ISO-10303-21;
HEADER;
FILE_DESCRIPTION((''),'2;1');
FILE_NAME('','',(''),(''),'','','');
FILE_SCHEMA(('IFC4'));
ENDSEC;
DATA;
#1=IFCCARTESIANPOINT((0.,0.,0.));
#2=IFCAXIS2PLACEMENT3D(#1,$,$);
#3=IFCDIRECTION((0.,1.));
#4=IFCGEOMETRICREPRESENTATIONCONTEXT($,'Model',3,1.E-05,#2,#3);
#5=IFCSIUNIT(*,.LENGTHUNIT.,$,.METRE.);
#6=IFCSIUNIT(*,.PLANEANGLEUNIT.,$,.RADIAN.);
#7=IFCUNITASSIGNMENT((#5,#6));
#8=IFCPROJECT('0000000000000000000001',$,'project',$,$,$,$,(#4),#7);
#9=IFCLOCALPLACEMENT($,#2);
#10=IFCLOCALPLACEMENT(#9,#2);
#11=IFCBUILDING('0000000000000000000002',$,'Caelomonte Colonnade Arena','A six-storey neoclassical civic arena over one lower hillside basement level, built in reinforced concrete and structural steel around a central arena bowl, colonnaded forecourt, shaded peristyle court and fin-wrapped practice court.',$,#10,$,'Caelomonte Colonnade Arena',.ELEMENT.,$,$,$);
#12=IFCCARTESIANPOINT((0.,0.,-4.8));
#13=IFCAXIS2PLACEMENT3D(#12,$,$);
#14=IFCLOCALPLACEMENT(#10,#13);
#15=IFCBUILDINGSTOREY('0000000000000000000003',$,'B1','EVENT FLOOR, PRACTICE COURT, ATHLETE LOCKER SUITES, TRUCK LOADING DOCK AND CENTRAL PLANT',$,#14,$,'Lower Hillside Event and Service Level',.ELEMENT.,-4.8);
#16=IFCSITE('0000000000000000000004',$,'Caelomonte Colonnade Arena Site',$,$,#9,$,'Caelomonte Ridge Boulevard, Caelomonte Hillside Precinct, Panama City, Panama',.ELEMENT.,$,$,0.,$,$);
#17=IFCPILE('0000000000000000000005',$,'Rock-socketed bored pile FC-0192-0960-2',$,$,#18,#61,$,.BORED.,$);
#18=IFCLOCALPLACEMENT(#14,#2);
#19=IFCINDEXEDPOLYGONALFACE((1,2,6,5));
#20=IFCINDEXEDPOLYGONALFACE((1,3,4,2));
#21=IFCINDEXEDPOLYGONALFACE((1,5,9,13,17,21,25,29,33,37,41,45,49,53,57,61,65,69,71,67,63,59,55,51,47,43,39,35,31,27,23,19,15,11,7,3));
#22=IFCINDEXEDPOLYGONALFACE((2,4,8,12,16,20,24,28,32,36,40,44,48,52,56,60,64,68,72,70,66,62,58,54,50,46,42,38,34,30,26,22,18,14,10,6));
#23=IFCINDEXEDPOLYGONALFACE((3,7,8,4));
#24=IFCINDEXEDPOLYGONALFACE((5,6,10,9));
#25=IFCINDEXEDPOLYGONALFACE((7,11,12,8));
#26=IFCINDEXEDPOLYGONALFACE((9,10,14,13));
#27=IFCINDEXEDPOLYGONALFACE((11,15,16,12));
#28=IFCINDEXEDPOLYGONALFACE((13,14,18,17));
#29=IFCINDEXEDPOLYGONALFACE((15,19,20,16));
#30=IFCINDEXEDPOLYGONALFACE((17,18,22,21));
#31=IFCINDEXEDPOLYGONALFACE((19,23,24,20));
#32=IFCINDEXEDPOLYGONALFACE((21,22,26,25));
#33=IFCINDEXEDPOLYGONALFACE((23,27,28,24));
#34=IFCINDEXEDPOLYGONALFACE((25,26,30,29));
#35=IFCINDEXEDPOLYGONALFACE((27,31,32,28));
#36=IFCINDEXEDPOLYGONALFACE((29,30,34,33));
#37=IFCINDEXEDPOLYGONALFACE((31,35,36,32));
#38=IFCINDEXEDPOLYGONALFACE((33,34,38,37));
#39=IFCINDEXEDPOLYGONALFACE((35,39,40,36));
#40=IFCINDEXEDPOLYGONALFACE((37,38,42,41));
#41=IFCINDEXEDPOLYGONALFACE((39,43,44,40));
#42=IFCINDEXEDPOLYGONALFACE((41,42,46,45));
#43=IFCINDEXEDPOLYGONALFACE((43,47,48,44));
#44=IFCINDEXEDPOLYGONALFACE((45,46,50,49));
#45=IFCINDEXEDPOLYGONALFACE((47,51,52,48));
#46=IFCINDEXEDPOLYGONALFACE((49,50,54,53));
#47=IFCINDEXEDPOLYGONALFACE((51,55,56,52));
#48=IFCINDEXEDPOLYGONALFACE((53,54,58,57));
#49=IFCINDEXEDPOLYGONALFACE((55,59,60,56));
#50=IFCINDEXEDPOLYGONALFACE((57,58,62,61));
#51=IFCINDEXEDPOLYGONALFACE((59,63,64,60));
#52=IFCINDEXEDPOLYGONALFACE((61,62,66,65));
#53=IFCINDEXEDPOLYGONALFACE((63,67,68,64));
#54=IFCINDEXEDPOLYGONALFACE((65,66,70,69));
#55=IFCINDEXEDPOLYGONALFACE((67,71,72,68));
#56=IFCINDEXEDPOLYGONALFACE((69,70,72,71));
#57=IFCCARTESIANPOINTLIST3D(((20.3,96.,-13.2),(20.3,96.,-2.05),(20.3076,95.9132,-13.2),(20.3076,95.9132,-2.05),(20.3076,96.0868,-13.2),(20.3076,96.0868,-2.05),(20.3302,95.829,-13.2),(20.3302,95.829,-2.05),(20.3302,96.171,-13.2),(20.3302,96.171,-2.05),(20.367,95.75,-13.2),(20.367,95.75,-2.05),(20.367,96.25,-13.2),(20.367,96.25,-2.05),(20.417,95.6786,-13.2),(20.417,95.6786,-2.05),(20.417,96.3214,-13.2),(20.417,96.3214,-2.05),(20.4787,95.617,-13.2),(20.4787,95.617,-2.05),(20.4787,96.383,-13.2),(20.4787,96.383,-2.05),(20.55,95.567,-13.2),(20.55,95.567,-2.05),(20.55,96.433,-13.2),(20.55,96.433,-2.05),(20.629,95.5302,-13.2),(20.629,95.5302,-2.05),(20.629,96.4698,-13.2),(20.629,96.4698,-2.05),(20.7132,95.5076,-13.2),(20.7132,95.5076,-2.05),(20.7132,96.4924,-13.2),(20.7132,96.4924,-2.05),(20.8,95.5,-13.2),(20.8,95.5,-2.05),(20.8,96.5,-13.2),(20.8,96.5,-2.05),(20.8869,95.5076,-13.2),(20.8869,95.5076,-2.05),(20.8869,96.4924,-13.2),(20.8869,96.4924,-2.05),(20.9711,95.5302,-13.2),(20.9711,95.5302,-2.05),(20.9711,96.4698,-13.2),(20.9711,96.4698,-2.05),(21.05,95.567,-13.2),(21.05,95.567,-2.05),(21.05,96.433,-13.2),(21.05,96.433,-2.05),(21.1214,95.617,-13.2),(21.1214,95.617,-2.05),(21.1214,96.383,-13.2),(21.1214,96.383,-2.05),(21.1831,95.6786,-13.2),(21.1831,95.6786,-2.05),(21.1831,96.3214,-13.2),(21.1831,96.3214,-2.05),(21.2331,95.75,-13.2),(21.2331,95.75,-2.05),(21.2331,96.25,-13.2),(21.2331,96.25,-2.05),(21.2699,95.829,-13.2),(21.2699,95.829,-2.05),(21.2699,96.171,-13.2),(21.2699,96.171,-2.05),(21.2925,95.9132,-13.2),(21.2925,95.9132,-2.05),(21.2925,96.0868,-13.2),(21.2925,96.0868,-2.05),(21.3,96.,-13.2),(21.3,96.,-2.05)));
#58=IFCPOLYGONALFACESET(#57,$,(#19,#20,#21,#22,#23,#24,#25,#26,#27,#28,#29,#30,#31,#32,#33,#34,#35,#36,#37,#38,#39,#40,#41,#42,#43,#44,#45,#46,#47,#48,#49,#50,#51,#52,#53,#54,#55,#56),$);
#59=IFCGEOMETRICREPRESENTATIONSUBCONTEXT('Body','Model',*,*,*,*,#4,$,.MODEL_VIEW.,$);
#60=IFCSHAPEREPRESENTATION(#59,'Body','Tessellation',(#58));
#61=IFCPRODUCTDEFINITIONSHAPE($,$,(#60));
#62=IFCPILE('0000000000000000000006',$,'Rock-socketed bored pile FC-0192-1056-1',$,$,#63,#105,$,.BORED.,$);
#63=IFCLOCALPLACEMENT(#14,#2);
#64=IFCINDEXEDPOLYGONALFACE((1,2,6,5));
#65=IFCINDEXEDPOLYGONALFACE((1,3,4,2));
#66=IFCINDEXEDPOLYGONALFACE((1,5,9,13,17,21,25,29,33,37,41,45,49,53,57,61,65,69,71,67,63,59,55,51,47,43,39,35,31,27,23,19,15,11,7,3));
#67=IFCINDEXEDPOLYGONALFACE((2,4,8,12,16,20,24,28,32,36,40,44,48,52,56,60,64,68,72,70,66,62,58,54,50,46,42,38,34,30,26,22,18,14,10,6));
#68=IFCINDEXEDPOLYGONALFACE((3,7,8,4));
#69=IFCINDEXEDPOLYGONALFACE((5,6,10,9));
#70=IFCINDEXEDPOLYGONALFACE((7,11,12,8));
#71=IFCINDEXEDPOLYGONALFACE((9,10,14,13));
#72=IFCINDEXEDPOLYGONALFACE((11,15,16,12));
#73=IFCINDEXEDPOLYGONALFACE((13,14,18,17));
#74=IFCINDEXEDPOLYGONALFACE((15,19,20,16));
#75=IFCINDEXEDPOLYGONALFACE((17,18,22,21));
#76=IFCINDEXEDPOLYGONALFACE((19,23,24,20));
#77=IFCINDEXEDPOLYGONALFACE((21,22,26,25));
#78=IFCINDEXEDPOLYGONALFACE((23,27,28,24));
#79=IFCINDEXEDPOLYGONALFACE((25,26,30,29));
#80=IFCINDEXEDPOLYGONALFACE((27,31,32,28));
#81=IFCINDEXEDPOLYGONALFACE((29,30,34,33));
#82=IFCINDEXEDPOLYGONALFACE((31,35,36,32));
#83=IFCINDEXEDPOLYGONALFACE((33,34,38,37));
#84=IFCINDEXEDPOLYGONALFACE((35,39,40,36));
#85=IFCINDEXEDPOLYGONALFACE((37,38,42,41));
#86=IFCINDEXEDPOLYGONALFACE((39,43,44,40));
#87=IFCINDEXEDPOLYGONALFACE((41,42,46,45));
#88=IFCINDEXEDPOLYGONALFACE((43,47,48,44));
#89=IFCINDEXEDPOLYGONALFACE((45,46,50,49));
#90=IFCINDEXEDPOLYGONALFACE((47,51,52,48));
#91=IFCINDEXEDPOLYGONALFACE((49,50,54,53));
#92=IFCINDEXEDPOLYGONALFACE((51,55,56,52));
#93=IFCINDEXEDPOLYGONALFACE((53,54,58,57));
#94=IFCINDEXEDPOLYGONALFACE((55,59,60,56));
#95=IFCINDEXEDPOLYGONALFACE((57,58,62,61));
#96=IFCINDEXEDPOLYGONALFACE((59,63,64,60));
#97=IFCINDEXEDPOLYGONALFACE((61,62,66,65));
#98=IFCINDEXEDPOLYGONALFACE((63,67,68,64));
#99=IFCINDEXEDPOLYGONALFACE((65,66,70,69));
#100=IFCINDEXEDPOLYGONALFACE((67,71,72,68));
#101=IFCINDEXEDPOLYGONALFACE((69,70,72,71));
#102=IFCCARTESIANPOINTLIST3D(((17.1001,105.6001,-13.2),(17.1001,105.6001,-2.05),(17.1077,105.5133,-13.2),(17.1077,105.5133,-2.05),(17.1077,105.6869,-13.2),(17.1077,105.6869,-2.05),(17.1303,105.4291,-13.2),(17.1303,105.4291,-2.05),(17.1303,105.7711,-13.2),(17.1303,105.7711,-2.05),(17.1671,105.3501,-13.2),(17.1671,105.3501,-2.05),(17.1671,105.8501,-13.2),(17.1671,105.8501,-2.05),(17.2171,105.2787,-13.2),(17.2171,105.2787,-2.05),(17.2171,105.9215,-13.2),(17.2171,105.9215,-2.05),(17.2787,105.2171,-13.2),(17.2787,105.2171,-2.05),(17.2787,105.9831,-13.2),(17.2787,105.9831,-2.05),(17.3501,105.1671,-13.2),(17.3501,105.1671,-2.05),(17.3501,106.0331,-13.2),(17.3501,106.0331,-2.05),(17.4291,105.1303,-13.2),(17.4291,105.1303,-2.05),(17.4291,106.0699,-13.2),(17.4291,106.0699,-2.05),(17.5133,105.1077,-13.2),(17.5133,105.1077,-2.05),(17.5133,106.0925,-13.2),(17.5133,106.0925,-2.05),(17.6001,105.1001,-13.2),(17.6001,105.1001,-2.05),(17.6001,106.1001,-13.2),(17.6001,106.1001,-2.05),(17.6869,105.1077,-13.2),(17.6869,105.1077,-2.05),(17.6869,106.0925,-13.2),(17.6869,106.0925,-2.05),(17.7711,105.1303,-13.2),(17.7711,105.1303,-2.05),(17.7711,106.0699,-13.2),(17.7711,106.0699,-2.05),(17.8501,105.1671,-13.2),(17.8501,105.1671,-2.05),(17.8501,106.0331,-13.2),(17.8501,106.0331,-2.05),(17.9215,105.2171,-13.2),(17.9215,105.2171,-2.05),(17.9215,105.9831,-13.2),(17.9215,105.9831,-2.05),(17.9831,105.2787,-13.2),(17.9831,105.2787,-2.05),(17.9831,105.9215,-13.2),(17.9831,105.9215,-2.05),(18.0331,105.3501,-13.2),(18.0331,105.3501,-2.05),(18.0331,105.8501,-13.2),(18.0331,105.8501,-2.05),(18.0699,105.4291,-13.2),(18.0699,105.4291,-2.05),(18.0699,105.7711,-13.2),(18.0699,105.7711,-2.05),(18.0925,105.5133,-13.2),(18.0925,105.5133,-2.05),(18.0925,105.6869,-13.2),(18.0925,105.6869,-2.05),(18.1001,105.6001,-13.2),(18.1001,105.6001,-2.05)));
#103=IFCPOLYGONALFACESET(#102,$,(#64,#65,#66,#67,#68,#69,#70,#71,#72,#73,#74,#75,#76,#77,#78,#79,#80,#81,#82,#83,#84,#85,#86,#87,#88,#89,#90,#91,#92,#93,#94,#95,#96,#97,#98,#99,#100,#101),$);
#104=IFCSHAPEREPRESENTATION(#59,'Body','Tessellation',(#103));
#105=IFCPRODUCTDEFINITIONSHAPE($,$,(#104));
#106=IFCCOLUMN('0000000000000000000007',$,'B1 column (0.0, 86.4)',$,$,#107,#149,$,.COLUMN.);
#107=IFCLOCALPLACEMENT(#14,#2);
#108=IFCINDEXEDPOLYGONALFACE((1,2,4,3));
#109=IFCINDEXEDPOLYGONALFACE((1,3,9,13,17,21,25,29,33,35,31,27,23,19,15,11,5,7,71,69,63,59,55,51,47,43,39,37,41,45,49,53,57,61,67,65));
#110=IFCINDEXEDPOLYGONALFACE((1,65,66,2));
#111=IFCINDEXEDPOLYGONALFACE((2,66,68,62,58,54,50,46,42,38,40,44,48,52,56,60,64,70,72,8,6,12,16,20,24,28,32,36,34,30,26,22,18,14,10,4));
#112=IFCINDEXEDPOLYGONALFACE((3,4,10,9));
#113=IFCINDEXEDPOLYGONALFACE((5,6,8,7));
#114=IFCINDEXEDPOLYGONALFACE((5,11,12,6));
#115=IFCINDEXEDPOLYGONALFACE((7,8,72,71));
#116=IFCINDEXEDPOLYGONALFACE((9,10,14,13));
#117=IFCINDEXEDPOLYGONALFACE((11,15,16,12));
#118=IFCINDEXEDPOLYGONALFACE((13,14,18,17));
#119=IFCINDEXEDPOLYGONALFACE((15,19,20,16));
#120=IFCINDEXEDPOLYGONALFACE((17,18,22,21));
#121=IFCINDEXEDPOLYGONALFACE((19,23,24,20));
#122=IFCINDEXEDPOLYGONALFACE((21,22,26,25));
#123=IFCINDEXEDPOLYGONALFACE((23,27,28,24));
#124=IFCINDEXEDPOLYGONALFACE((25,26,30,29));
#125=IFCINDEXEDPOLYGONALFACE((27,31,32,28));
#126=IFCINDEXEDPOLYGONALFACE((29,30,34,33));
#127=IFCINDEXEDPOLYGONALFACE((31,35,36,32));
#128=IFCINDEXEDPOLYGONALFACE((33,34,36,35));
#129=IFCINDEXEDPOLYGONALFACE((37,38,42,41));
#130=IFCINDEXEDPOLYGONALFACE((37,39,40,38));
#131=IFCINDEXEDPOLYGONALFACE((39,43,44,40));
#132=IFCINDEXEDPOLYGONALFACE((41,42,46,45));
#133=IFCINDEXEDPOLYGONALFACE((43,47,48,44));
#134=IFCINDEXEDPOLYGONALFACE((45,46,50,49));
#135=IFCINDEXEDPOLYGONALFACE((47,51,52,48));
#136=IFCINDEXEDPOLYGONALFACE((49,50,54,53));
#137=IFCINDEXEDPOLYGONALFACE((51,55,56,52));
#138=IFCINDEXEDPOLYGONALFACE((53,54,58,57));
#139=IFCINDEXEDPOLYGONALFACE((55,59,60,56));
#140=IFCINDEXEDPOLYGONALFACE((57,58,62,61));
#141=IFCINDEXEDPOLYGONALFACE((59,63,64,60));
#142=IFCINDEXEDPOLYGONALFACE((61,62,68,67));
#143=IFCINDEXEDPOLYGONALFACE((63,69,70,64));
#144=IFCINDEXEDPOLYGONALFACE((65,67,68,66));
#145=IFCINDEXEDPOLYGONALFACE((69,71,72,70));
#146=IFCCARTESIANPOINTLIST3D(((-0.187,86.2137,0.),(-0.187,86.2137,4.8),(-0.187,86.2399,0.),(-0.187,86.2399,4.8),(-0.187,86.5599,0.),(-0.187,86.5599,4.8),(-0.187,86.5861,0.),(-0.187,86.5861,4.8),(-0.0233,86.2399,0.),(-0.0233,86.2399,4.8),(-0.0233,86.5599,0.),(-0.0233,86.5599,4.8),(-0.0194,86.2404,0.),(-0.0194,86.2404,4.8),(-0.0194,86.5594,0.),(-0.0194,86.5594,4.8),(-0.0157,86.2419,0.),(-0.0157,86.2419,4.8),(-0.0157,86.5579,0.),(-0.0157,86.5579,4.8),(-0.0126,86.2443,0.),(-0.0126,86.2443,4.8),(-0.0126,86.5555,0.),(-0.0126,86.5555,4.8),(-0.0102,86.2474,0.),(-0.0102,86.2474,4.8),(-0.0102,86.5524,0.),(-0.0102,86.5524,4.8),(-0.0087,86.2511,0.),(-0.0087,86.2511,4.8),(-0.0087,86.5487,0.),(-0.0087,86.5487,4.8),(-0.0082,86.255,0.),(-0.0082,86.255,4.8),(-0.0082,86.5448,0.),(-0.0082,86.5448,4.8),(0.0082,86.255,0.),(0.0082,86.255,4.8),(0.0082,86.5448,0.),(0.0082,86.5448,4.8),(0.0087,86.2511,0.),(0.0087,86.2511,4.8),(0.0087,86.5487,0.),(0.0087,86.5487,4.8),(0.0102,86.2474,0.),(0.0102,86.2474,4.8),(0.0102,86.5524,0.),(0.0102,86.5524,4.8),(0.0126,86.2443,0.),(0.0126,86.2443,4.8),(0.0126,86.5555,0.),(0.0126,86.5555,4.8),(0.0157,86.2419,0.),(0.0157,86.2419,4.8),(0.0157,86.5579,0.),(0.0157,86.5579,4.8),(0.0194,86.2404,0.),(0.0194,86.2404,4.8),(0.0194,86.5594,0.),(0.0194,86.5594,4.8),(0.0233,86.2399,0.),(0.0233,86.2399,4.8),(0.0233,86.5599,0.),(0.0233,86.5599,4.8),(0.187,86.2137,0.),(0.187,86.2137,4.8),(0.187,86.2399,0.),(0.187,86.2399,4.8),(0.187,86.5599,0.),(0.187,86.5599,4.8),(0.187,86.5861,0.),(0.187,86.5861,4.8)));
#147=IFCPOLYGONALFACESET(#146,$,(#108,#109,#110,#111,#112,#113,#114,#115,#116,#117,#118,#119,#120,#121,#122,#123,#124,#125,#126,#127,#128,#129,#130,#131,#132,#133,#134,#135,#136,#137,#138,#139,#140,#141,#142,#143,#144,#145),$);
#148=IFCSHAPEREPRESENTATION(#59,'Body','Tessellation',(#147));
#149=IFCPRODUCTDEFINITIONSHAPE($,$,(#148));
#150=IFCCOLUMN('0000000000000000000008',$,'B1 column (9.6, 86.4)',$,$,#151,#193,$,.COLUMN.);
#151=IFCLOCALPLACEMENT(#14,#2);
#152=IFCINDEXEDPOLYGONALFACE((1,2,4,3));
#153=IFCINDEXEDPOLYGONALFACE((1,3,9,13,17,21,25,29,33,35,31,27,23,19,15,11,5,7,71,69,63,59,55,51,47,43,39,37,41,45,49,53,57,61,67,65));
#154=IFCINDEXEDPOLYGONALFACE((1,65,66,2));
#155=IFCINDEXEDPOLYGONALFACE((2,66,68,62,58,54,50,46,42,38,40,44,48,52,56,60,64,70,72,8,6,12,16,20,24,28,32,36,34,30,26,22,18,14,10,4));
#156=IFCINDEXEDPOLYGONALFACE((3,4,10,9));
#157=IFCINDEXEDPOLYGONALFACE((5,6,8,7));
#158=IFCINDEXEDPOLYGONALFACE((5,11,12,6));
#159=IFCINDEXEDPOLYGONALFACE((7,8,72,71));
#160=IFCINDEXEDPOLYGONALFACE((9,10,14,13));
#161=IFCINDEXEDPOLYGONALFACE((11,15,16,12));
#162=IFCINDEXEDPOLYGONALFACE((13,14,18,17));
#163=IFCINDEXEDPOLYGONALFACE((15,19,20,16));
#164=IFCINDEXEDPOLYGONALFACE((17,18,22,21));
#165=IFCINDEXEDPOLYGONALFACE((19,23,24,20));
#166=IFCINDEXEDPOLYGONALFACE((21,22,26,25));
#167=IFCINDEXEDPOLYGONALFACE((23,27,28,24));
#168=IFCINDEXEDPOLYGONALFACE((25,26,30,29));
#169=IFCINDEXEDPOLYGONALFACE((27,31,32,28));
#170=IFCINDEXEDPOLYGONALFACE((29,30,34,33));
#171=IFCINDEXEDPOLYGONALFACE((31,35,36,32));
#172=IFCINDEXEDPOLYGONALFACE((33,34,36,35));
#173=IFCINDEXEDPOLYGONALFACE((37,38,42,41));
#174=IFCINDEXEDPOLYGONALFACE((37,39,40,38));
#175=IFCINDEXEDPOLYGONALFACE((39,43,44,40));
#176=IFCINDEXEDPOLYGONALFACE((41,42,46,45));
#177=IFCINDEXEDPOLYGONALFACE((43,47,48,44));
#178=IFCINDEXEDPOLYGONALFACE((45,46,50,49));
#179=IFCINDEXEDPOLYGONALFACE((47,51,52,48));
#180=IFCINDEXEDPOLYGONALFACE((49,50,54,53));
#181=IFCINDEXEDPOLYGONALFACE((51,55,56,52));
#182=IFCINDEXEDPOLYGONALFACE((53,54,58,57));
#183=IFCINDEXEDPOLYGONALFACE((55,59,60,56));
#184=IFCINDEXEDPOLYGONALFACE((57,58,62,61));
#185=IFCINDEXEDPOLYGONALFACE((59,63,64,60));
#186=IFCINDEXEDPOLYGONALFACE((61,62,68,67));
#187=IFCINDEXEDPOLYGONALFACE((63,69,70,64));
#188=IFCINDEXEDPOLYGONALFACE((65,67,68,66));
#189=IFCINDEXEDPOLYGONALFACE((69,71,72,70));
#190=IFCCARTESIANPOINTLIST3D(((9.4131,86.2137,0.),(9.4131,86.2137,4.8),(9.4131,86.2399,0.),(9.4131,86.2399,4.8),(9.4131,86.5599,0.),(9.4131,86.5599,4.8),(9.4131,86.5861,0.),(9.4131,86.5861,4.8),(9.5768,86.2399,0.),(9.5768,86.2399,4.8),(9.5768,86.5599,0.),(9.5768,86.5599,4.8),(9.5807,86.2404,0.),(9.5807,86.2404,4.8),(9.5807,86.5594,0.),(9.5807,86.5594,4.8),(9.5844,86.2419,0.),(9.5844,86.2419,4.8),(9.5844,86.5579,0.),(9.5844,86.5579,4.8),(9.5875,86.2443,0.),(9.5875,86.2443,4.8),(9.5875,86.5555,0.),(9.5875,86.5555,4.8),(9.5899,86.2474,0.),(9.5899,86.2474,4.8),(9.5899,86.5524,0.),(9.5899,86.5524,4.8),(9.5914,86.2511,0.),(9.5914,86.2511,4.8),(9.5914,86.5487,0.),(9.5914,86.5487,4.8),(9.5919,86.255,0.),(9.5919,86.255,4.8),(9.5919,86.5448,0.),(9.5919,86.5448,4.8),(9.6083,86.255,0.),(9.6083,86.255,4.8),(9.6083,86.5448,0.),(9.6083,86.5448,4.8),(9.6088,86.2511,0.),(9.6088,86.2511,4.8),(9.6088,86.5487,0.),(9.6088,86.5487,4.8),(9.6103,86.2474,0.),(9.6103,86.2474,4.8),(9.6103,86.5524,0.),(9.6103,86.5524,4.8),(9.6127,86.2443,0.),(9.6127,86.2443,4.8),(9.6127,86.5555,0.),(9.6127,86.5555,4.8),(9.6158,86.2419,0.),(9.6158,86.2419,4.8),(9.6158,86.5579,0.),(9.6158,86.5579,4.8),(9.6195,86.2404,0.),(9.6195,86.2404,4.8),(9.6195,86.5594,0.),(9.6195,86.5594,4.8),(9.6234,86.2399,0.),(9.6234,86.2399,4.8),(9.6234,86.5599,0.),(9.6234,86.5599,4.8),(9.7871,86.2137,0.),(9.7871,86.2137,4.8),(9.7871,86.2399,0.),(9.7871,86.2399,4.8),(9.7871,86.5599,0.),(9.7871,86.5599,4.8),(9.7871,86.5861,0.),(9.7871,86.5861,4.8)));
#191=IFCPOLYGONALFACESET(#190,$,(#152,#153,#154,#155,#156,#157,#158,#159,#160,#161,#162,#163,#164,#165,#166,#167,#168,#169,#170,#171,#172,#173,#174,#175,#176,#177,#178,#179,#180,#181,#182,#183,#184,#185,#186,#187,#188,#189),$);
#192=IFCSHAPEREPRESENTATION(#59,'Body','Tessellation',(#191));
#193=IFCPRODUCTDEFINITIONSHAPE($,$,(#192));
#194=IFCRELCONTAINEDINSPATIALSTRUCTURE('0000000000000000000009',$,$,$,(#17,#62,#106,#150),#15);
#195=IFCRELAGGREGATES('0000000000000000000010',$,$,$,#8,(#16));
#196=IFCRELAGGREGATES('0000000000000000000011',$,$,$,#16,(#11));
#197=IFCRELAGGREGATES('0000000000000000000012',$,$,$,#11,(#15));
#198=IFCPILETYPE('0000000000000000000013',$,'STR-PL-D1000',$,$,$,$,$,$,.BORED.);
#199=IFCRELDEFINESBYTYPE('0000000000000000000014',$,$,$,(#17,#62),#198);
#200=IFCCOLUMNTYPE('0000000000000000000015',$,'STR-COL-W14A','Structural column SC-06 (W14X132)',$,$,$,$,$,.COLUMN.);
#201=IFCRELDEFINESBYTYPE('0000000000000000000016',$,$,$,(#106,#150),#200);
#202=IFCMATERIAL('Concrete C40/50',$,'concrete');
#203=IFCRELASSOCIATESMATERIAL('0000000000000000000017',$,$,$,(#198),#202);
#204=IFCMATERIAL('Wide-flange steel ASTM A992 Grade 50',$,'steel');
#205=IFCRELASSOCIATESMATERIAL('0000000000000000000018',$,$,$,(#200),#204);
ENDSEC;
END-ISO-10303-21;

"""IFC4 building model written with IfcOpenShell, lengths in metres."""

from ifc_helpers import new_model, si_unit, direction, frame, origin, origin_2d, place, context, subcontext, project, spatial, circle, i_section, extrude, material, material_profile, profile_set, type_object, element, save


model = new_model("IFC4")

# Units and contexts
model_context = context("Model", 3, precision=1e-05, world=origin(), true_north=direction((0.0, 1.0)))
body_context = subcontext(model_context, "Body", "Model", "MODEL_VIEW")
ifc_project = project(units=[si_unit("LENGTHUNIT", "METRE"), si_unit("PLANEANGLEUNIT", "RADIAN")], contexts=[model_context])

# Site, building, storey
site_placement = place(None, origin())
site = spatial("IfcSite", under=ifc_project, at=site_placement, Name="Caelomonte Colonnade Arena Site", LongName="Caelomonte Ridge Boulevard, Caelomonte Hillside Precinct, Panama City, Panama", CompositionType="ELEMENT", RefElevation=0.0)
building_placement = place(site_placement, origin())
building = spatial("IfcBuilding", under=site, at=building_placement, Name="Caelomonte Colonnade Arena", Description="A six-storey neoclassical civic arena over one lower hillside basement level, built in reinforced concrete and structural steel around a central arena bowl, colonnaded forecourt, shaded peristyle court and fin-wrapped practice court.", LongName="Caelomonte Colonnade Arena", CompositionType="ELEMENT")
storey_placement = place(building_placement, frame((0.0, 0.0, -4.8)))
storey = spatial("IfcBuildingStorey", under=building, at=storey_placement, Name="B1", Description="EVENT FLOOR, PRACTICE COURT, ATHLETE LOCKER SUITES, TRUCK LOADING DOCK AND CENTRAL PLANT", LongName="Lower Hillside Event and Service Level", CompositionType="ELEMENT", Elevation=-4.8)

# Shared definitions
ifc_material_1 = material(Name="Concrete C40/50", Category="concrete")

# Piles
ifc_material_profile_1 = material_profile(ifc_material_1, circle(Radius=0.5, at=origin_2d()), Name="PILE-D1000")
ifc_profile_set_1 = profile_set([ifc_material_profile_1], Name="Concrete C40/50")
pile_type = type_object("IfcPileType", Name="STR-PL-D1000", PredefinedType="BORED", material=ifc_profile_set_1)
for number, where, z_axis, x_axis, name in (
    (1, (20.8, 96.0, -2.05), (0.0, 0.0, -1.0), (1.0, 0.0, 0.0), "Rock-socketed bored pile FC-0192-0960-2"),
    (2, (17.6001, 105.6001, -2.05), (0.0, 0.0, -1.0), (1.0, 0.0, 0.0), "Rock-socketed bored pile FC-0192-1056-1"),
):
    element("IfcPile", number, at=place(storey_placement, frame(where, z_axis=z_axis, x_axis=x_axis)), inside=storey, type_object=pile_type, Name=name, PredefinedType="BORED", context=body_context, shape_type="SweptSolid", body=[
        extrude(circle(Radius=0.5, at=origin_2d()), origin(), (0.0, 0.0, 1.0), 11.1499),
    ])

# Columns
ifc_material_2 = material(Name="Wide-flange steel ASTM A992 Grade 50", Category="steel")
ifc_material_profile_2 = material_profile(ifc_material_2, i_section(OverallWidth=0.374, OverallDepth=0.3723, WebThickness=0.0164, FlangeThickness=0.0261, FilletRadius=0.0151, at=origin_2d()), Name="W14X132")
ifc_profile_set_2 = profile_set([ifc_material_profile_2], Name="Wide-flange steel ASTM A992 Grade 50")
column_type = type_object("IfcColumnType", Name="STR-COL-W14A", Description="Structural column SC-06 (W14X132)", PredefinedType="COLUMN", material=ifc_profile_set_2)
for number, where, z_axis, x_axis, name in (
    (3, (0.0, 86.3999, 0.0), (0.0, 0.0, 1.0), (1.0, 0.0, 0.0), "B1 column (0.0, 86.4)"),
    (4, (9.6001, 86.3999, 0.0), (0.0, 0.0, 1.0), (1.0, 0.0, 0.0), "B1 column (9.6, 86.4)"),
):
    element("IfcColumn", number, at=place(storey_placement, frame(where, z_axis=z_axis, x_axis=x_axis)), inside=storey, type_object=column_type, Name=name, PredefinedType="COLUMN", context=body_context, shape_type="SweptSolid", body=[
        extrude(i_section(OverallWidth=0.374, OverallDepth=0.3723, WebThickness=0.0164, FlangeThickness=0.0261, FilletRadius=0.0151, at=origin_2d()), origin(), (0.0, 0.0, 1.0), 4.8),
    ])

save(model, "model.ifc")
